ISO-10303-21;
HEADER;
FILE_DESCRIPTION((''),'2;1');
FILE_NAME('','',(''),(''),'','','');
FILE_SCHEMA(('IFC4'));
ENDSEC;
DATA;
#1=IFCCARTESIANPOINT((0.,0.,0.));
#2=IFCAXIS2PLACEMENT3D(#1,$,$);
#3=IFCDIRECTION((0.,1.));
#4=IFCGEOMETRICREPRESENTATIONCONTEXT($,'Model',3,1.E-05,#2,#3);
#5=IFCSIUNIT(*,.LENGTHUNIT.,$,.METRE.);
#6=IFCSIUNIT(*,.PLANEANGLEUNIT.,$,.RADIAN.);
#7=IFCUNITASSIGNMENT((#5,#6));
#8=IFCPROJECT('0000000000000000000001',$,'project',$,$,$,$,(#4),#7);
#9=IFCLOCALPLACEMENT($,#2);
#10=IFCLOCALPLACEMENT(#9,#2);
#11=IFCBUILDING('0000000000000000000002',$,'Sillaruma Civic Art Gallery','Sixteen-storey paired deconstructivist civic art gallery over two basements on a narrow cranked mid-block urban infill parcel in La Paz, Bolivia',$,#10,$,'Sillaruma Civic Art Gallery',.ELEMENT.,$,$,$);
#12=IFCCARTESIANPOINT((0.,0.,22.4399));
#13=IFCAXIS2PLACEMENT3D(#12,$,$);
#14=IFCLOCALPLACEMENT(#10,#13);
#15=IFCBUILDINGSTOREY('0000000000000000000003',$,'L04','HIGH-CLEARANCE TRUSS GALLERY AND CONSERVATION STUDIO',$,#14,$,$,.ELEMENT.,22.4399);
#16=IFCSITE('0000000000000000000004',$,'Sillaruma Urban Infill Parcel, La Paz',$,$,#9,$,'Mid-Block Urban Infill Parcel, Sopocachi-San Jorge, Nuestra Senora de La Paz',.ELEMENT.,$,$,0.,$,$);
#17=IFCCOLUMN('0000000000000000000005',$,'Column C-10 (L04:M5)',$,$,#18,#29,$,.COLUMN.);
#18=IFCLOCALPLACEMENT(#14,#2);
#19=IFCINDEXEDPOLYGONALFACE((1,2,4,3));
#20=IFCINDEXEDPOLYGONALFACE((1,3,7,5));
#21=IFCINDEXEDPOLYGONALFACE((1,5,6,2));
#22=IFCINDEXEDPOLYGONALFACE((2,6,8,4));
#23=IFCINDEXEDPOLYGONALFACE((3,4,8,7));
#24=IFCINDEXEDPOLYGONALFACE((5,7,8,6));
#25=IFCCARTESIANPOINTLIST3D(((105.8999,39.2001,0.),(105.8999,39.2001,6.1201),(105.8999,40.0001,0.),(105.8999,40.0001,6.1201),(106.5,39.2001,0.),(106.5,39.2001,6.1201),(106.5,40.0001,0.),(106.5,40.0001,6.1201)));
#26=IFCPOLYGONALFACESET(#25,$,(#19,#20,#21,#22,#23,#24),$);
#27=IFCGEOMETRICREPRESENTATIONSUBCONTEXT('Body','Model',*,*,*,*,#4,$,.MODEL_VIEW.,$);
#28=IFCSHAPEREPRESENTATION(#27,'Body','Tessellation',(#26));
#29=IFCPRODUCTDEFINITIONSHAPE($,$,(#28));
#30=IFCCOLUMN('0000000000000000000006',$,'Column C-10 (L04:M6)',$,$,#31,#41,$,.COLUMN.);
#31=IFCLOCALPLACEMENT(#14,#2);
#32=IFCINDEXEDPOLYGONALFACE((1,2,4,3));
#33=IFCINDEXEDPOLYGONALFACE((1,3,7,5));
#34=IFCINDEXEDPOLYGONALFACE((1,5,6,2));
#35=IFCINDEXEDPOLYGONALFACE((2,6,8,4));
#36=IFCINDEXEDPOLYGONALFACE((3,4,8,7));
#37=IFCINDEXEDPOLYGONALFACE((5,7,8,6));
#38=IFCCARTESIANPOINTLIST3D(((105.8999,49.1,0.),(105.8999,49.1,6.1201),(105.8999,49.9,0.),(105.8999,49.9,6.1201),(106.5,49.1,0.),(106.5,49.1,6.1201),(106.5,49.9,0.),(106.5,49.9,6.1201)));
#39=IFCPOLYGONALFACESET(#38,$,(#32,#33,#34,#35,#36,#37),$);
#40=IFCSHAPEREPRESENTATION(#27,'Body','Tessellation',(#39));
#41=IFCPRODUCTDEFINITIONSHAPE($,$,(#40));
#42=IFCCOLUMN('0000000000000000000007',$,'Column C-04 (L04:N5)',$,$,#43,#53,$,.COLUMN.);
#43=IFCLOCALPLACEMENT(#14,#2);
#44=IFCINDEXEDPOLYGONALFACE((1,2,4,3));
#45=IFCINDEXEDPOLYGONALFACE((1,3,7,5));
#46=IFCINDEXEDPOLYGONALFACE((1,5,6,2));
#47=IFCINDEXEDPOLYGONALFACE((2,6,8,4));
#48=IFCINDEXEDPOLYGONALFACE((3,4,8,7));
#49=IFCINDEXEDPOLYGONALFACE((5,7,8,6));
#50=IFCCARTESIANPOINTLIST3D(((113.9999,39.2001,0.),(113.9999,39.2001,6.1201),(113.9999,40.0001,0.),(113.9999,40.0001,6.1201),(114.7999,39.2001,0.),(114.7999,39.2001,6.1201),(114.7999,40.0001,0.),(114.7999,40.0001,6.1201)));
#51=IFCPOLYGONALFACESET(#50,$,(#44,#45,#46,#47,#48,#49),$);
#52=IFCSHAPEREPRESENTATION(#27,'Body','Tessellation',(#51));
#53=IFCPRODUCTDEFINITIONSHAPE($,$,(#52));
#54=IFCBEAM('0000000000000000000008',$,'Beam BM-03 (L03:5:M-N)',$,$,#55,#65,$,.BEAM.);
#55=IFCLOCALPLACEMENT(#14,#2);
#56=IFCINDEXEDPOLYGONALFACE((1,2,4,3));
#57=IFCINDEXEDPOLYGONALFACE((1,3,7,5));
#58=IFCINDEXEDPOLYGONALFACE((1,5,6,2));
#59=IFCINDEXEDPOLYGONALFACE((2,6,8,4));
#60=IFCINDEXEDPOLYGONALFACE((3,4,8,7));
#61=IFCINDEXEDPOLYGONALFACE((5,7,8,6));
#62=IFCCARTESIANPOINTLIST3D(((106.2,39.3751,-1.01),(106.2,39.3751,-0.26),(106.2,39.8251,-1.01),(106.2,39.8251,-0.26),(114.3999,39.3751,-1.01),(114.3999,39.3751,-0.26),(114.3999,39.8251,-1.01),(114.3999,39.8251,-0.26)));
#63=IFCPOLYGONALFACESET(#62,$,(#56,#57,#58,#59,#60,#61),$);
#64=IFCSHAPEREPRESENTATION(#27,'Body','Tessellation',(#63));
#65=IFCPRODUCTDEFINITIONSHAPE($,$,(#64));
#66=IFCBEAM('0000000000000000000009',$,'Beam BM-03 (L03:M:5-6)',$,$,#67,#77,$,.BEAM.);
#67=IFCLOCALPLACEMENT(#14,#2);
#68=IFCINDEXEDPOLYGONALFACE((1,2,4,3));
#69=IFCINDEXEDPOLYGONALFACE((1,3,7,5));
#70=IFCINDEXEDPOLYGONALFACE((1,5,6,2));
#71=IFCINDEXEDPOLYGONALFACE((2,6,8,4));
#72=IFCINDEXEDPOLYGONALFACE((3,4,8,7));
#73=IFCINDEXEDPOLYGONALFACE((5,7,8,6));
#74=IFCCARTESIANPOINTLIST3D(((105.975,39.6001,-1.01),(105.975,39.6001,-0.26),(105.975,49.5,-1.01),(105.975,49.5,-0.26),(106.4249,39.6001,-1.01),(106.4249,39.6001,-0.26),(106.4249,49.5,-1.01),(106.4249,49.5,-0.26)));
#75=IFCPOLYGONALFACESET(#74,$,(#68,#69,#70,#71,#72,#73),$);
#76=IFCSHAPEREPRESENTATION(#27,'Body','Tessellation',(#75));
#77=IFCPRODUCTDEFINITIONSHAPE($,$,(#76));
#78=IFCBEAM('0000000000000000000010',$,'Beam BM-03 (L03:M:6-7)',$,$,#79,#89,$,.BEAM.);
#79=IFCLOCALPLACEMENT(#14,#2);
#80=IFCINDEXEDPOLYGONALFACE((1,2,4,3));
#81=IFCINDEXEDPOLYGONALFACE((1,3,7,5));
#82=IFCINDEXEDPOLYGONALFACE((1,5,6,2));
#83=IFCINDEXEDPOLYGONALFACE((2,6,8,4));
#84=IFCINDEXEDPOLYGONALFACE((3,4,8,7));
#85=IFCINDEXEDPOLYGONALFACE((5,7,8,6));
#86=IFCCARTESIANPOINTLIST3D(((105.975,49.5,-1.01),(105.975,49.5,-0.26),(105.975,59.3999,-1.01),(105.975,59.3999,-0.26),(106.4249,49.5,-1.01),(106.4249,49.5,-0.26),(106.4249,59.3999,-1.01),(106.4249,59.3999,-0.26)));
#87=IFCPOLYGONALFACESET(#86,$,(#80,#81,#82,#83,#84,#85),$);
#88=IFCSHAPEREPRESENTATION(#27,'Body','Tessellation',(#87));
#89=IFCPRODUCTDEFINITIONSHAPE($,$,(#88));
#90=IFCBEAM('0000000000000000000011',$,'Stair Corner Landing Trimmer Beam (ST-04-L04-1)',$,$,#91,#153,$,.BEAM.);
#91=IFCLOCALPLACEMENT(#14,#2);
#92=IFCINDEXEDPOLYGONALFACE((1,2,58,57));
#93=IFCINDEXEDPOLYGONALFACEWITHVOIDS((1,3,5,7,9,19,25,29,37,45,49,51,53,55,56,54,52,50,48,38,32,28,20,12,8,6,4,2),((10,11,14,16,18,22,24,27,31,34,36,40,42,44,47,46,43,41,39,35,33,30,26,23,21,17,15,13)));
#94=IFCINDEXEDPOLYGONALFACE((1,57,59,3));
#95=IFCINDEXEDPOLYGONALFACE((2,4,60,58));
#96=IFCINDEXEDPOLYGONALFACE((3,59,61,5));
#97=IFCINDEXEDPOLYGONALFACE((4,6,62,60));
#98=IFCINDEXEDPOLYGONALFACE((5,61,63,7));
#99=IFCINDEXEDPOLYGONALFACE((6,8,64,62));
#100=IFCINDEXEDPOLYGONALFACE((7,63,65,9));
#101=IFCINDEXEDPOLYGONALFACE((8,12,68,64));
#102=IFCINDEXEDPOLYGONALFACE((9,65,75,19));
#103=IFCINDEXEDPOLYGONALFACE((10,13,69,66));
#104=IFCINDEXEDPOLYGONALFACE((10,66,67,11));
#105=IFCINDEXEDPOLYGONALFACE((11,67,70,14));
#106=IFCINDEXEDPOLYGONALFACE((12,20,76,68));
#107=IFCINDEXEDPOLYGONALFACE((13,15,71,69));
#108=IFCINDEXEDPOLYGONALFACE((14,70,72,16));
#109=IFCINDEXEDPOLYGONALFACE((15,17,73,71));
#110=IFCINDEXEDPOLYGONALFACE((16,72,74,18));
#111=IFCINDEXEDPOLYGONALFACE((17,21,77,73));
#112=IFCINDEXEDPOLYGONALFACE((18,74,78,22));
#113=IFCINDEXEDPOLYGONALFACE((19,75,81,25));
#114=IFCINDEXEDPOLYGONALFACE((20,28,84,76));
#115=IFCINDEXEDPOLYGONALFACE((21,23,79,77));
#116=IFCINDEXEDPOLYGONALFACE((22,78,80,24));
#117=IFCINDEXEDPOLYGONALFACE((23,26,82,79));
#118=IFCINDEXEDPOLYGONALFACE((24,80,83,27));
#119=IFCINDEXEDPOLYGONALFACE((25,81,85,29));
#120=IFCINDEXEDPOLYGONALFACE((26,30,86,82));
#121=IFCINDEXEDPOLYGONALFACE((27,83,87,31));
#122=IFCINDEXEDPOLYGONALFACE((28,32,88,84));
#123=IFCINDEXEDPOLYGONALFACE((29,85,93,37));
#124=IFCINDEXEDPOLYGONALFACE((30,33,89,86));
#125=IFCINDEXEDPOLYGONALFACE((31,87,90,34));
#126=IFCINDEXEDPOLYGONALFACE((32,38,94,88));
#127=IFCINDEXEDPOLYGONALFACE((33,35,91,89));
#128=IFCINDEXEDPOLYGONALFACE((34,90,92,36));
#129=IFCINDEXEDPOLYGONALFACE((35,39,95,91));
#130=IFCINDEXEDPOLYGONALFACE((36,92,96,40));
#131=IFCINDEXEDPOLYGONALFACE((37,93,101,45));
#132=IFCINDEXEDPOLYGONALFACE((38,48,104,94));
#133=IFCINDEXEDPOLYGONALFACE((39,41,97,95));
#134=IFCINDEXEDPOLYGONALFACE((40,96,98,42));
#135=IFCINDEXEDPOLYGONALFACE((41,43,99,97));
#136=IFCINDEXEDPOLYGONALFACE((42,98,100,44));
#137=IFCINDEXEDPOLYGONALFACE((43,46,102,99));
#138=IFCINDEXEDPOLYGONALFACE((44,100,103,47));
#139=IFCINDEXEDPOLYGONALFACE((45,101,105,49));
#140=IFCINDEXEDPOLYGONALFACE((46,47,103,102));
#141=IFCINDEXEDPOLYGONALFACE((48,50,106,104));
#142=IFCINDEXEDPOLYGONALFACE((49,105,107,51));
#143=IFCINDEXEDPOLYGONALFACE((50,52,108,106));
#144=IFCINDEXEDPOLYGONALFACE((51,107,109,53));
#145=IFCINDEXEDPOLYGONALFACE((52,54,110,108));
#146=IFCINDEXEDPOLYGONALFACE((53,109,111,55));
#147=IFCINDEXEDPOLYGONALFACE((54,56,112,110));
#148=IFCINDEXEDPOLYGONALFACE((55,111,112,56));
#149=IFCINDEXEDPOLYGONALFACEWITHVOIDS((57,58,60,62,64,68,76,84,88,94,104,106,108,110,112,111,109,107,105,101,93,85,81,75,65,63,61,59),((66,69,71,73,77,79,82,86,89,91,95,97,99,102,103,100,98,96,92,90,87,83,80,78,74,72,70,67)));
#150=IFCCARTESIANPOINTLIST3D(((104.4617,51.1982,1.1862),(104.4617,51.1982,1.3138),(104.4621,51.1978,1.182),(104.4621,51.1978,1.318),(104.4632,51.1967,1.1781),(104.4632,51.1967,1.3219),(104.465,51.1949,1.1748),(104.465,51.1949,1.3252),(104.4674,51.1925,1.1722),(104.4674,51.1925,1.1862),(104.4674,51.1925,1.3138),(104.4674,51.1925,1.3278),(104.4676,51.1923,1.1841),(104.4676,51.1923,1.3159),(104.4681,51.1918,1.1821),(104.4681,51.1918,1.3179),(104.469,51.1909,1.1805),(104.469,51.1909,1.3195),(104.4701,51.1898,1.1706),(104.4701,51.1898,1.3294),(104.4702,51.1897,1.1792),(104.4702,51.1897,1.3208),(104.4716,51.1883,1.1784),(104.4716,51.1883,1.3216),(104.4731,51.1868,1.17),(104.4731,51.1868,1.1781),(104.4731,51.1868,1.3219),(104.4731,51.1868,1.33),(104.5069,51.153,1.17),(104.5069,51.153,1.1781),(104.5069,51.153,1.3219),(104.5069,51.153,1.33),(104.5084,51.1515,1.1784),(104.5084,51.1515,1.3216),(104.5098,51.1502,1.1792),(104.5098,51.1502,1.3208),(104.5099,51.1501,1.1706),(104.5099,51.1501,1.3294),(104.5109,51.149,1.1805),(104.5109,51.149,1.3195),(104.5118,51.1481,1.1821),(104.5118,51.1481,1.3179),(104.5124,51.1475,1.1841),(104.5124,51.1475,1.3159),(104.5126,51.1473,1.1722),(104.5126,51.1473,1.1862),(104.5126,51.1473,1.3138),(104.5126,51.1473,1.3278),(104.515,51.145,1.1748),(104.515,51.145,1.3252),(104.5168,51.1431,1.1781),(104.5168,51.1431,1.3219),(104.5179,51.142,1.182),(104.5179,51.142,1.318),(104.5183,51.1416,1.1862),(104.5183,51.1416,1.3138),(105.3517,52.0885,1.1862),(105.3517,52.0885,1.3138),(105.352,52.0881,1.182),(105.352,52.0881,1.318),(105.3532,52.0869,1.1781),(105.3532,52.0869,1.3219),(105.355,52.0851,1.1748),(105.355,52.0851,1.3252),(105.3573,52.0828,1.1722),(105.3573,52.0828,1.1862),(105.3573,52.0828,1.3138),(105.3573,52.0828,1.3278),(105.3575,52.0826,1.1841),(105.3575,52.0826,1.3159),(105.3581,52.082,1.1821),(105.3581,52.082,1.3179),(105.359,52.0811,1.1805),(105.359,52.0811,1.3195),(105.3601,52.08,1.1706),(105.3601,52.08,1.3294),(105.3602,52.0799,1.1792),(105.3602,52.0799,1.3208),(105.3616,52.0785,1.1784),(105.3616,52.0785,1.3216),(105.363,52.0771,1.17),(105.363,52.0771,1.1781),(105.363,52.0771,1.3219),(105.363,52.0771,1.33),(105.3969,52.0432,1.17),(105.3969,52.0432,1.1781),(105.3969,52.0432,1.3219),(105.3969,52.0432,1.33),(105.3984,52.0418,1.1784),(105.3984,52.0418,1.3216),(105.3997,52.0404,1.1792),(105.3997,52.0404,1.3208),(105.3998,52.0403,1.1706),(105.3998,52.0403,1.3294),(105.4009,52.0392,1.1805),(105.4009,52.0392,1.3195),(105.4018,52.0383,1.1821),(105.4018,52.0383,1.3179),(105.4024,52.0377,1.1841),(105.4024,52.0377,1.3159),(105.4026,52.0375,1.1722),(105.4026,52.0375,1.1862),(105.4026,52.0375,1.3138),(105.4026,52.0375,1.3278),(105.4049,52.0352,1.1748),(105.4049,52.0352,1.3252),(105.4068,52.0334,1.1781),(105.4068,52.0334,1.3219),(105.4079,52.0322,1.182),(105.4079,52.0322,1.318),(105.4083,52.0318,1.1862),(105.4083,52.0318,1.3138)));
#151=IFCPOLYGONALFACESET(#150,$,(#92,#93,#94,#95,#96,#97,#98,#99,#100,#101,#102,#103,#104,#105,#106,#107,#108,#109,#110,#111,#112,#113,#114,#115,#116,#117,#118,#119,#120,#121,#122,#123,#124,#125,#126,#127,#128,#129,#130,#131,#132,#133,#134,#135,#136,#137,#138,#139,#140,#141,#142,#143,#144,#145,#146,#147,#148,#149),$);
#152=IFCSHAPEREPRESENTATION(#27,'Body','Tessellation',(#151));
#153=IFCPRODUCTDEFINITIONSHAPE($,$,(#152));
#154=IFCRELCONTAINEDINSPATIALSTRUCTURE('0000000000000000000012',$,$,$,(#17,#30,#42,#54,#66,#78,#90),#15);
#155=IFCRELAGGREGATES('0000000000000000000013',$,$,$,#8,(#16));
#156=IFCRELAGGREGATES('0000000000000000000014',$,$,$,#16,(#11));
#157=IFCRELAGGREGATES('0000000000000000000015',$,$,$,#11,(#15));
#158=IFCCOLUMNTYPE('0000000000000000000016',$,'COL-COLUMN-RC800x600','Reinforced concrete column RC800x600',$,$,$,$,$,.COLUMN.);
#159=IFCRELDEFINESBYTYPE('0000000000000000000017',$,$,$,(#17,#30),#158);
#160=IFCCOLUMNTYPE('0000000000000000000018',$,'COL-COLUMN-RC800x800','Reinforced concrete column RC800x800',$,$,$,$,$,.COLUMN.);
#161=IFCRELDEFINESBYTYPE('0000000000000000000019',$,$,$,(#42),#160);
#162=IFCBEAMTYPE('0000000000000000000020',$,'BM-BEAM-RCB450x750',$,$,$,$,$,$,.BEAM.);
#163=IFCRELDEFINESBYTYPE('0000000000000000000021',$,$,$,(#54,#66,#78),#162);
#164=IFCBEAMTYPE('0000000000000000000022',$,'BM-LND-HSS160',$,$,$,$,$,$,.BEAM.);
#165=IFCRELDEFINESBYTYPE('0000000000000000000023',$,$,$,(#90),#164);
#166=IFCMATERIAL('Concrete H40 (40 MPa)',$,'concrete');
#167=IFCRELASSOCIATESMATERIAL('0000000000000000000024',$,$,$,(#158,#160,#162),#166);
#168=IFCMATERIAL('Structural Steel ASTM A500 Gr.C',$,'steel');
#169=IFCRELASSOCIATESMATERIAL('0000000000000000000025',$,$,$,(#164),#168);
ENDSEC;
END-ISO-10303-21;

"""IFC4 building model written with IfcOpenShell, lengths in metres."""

from ifc_helpers import new_model, si_unit, direction, frame, origin, origin_2d, place, context, subcontext, project, spatial, rectangle, hollow_rectangle, extrude, material, material_profile, profile_set, type_object, element, save


model = new_model("IFC4")

# Units and contexts
model_context = context("Model", 3, precision=1e-05, world=origin(), true_north=direction((0.0, 1.0)))
body_context = subcontext(model_context, "Body", "Model", "MODEL_VIEW")
ifc_project = project(units=[si_unit("LENGTHUNIT", "METRE"), si_unit("PLANEANGLEUNIT", "RADIAN")], contexts=[model_context])

# Site, building, storey
site_placement = place(None, origin())
site = spatial("IfcSite", under=ifc_project, at=site_placement, Name="Sillaruma Urban Infill Parcel, La Paz", LongName="Mid-Block Urban Infill Parcel, Sopocachi-San Jorge, Nuestra Senora de La Paz", CompositionType="ELEMENT", RefElevation=0.0)
building_placement = place(site_placement, origin())
building = spatial("IfcBuilding", under=site, at=building_placement, Name="Sillaruma Civic Art Gallery", Description="Sixteen-storey paired deconstructivist civic art gallery over two basements on a narrow cranked mid-block urban infill parcel in La Paz, Bolivia", LongName="Sillaruma Civic Art Gallery", CompositionType="ELEMENT")
storey_placement = place(building_placement, frame((0.0, 0.0, 22.4399)))
storey = spatial("IfcBuildingStorey", under=building, at=storey_placement, Name="L04", Description="HIGH-CLEARANCE TRUSS GALLERY AND CONSERVATION STUDIO", CompositionType="ELEMENT", Elevation=22.4399)

# Columns
ifc_material_1 = material(Name="Concrete H40 (40 MPa)", Category="concrete")
ifc_material_profile_1 = material_profile(ifc_material_1, rectangle(XDim=0.6001, YDim=0.8, at=origin_2d()), Name="RC800x600")
ifc_profile_set_1 = profile_set([ifc_material_profile_1], Name="Concrete H40 (40 MPa)")
column_type_1 = type_object("IfcColumnType", Name="COL-COLUMN-RC800x600", Description="Reinforced concrete column RC800x600", PredefinedType="COLUMN", material=ifc_profile_set_1)
for number, where, z_axis, x_axis, name in (
    (1, (106.2, 39.6001, 0.0), (0.0, 0.0, 1.0), (1.0, 0.0, 0.0), "Column C-10 (L04:M5)"),
    (2, (106.2, 49.5, 0.0), (0.0, 0.0, 1.0), (1.0, 0.0, 0.0), "Column C-10 (L04:M6)"),
):
    element("IfcColumn", number, at=place(storey_placement, frame(where, z_axis=z_axis, x_axis=x_axis)), inside=storey, type_object=column_type_1, Name=name, PredefinedType="COLUMN", context=body_context, shape_type="SweptSolid", body=[
        extrude(rectangle(XDim=0.6001, YDim=0.8, at=origin_2d()), origin(), (0.0, 0.0, 1.0), 6.1201),
    ])
ifc_material_profile_2 = material_profile(ifc_material_1, rectangle(XDim=0.8, YDim=0.8, at=origin_2d()), Name="RC800x800")
ifc_profile_set_2 = profile_set([ifc_material_profile_2], Name="Concrete H40 (40 MPa)")
column_type_2 = type_object("IfcColumnType", Name="COL-COLUMN-RC800x800", Description="Reinforced concrete column RC800x800", PredefinedType="COLUMN", material=ifc_profile_set_2)
column_placement = place(storey_placement, frame((114.3999, 39.6001, 0.0), z_axis=(0.0, 0.0, 1.0), x_axis=(1.0, 0.0, 0.0)))
element("IfcColumn", 3, at=column_placement, inside=storey, type_object=column_type_2, Name="Column C-04 (L04:N5)", PredefinedType="COLUMN", context=body_context, shape_type="SweptSolid", body=[
    extrude(rectangle(XDim=0.8, YDim=0.8, at=origin_2d()), origin(), (0.0, 0.0, 1.0), 6.1201),
])

# Beams
ifc_material_profile_3 = material_profile(ifc_material_1, rectangle(XDim=0.45, YDim=0.75, at=origin_2d()), Name="RCB450x750")
ifc_profile_set_3 = profile_set([ifc_material_profile_3], Name="Concrete H40 (40 MPa)")
beam_type_1 = type_object("IfcBeamType", Name="BM-BEAM-RCB450x750", PredefinedType="BEAM", material=ifc_profile_set_3)
beam_1_placement = place(storey_placement, frame((106.2, 39.6001, -0.635), z_axis=(1.0, 0.0, 0.0), x_axis=(0.0, 1.0, 0.0)))
element("IfcBeam", 4, at=beam_1_placement, inside=storey, type_object=beam_type_1, Name="Beam BM-03 (L03:5:M-N)", PredefinedType="BEAM", context=body_context, shape_type="SweptSolid", body=[
    extrude(rectangle(XDim=0.45, YDim=0.75, at=origin_2d()), origin(), (0.0, 0.0, 1.0), 8.2),
])
for number, where, z_axis, x_axis, name in (
    (5, (106.2, 39.6001, -0.635), (0.0, 1.0, 0.0), (-1.0, 0.0, 0.0), "Beam BM-03 (L03:M:5-6)"),
    (6, (106.2, 49.5, -0.635), (0.0, 1.0, 0.0), (-1.0, 0.0, 0.0), "Beam BM-03 (L03:M:6-7)"),
):
    element("IfcBeam", number, at=place(storey_placement, frame(where, z_axis=z_axis, x_axis=x_axis)), inside=storey, type_object=beam_type_1, Name=name, PredefinedType="BEAM", context=body_context, shape_type="SweptSolid", body=[
        extrude(rectangle(XDim=0.45, YDim=0.75, at=origin_2d()), origin(), (0.0, 0.0, 1.0), 9.8999),
    ])
ifc_material_2 = material(Name="Structural Steel ASTM A500 Gr.C", Category="steel")
ifc_material_profile_4 = material_profile(ifc_material_2, hollow_rectangle(XDim=0.0801, YDim=0.1599, WallThickness=0.0081, InnerFilletRadius=0.0081, OuterFilletRadius=0.0161, at=origin_2d()), Name="HSS160x80x8")
ifc_profile_set_4 = profile_set([ifc_material_profile_4], Name="Structural Steel ASTM A500 Gr.C")
beam_type_2 = type_object("IfcBeamType", Name="BM-LND-HSS160", PredefinedType="BEAM", material=ifc_profile_set_4)
beam_2_placement = place(storey_placement, frame((104.49, 51.1699, 1.25), z_axis=(0.70701, 0.707204, 0.0), x_axis=(-0.707204, 0.70701, 0.0)))
element("IfcBeam", 7, at=beam_2_placement, inside=storey, type_object=beam_type_2, Name="Stair Corner Landing Trimmer Beam (ST-04-L04-1)", PredefinedType="BEAM", context=body_context, shape_type="SweptSolid", body=[
    extrude(hollow_rectangle(XDim=0.0801, YDim=0.1599, WallThickness=0.0081, InnerFilletRadius=0.0081, OuterFilletRadius=0.0161, at=origin_2d()), origin(), (0.0, 0.0, 1.0), 1.2588),
])

save(model, "model.ifc")
